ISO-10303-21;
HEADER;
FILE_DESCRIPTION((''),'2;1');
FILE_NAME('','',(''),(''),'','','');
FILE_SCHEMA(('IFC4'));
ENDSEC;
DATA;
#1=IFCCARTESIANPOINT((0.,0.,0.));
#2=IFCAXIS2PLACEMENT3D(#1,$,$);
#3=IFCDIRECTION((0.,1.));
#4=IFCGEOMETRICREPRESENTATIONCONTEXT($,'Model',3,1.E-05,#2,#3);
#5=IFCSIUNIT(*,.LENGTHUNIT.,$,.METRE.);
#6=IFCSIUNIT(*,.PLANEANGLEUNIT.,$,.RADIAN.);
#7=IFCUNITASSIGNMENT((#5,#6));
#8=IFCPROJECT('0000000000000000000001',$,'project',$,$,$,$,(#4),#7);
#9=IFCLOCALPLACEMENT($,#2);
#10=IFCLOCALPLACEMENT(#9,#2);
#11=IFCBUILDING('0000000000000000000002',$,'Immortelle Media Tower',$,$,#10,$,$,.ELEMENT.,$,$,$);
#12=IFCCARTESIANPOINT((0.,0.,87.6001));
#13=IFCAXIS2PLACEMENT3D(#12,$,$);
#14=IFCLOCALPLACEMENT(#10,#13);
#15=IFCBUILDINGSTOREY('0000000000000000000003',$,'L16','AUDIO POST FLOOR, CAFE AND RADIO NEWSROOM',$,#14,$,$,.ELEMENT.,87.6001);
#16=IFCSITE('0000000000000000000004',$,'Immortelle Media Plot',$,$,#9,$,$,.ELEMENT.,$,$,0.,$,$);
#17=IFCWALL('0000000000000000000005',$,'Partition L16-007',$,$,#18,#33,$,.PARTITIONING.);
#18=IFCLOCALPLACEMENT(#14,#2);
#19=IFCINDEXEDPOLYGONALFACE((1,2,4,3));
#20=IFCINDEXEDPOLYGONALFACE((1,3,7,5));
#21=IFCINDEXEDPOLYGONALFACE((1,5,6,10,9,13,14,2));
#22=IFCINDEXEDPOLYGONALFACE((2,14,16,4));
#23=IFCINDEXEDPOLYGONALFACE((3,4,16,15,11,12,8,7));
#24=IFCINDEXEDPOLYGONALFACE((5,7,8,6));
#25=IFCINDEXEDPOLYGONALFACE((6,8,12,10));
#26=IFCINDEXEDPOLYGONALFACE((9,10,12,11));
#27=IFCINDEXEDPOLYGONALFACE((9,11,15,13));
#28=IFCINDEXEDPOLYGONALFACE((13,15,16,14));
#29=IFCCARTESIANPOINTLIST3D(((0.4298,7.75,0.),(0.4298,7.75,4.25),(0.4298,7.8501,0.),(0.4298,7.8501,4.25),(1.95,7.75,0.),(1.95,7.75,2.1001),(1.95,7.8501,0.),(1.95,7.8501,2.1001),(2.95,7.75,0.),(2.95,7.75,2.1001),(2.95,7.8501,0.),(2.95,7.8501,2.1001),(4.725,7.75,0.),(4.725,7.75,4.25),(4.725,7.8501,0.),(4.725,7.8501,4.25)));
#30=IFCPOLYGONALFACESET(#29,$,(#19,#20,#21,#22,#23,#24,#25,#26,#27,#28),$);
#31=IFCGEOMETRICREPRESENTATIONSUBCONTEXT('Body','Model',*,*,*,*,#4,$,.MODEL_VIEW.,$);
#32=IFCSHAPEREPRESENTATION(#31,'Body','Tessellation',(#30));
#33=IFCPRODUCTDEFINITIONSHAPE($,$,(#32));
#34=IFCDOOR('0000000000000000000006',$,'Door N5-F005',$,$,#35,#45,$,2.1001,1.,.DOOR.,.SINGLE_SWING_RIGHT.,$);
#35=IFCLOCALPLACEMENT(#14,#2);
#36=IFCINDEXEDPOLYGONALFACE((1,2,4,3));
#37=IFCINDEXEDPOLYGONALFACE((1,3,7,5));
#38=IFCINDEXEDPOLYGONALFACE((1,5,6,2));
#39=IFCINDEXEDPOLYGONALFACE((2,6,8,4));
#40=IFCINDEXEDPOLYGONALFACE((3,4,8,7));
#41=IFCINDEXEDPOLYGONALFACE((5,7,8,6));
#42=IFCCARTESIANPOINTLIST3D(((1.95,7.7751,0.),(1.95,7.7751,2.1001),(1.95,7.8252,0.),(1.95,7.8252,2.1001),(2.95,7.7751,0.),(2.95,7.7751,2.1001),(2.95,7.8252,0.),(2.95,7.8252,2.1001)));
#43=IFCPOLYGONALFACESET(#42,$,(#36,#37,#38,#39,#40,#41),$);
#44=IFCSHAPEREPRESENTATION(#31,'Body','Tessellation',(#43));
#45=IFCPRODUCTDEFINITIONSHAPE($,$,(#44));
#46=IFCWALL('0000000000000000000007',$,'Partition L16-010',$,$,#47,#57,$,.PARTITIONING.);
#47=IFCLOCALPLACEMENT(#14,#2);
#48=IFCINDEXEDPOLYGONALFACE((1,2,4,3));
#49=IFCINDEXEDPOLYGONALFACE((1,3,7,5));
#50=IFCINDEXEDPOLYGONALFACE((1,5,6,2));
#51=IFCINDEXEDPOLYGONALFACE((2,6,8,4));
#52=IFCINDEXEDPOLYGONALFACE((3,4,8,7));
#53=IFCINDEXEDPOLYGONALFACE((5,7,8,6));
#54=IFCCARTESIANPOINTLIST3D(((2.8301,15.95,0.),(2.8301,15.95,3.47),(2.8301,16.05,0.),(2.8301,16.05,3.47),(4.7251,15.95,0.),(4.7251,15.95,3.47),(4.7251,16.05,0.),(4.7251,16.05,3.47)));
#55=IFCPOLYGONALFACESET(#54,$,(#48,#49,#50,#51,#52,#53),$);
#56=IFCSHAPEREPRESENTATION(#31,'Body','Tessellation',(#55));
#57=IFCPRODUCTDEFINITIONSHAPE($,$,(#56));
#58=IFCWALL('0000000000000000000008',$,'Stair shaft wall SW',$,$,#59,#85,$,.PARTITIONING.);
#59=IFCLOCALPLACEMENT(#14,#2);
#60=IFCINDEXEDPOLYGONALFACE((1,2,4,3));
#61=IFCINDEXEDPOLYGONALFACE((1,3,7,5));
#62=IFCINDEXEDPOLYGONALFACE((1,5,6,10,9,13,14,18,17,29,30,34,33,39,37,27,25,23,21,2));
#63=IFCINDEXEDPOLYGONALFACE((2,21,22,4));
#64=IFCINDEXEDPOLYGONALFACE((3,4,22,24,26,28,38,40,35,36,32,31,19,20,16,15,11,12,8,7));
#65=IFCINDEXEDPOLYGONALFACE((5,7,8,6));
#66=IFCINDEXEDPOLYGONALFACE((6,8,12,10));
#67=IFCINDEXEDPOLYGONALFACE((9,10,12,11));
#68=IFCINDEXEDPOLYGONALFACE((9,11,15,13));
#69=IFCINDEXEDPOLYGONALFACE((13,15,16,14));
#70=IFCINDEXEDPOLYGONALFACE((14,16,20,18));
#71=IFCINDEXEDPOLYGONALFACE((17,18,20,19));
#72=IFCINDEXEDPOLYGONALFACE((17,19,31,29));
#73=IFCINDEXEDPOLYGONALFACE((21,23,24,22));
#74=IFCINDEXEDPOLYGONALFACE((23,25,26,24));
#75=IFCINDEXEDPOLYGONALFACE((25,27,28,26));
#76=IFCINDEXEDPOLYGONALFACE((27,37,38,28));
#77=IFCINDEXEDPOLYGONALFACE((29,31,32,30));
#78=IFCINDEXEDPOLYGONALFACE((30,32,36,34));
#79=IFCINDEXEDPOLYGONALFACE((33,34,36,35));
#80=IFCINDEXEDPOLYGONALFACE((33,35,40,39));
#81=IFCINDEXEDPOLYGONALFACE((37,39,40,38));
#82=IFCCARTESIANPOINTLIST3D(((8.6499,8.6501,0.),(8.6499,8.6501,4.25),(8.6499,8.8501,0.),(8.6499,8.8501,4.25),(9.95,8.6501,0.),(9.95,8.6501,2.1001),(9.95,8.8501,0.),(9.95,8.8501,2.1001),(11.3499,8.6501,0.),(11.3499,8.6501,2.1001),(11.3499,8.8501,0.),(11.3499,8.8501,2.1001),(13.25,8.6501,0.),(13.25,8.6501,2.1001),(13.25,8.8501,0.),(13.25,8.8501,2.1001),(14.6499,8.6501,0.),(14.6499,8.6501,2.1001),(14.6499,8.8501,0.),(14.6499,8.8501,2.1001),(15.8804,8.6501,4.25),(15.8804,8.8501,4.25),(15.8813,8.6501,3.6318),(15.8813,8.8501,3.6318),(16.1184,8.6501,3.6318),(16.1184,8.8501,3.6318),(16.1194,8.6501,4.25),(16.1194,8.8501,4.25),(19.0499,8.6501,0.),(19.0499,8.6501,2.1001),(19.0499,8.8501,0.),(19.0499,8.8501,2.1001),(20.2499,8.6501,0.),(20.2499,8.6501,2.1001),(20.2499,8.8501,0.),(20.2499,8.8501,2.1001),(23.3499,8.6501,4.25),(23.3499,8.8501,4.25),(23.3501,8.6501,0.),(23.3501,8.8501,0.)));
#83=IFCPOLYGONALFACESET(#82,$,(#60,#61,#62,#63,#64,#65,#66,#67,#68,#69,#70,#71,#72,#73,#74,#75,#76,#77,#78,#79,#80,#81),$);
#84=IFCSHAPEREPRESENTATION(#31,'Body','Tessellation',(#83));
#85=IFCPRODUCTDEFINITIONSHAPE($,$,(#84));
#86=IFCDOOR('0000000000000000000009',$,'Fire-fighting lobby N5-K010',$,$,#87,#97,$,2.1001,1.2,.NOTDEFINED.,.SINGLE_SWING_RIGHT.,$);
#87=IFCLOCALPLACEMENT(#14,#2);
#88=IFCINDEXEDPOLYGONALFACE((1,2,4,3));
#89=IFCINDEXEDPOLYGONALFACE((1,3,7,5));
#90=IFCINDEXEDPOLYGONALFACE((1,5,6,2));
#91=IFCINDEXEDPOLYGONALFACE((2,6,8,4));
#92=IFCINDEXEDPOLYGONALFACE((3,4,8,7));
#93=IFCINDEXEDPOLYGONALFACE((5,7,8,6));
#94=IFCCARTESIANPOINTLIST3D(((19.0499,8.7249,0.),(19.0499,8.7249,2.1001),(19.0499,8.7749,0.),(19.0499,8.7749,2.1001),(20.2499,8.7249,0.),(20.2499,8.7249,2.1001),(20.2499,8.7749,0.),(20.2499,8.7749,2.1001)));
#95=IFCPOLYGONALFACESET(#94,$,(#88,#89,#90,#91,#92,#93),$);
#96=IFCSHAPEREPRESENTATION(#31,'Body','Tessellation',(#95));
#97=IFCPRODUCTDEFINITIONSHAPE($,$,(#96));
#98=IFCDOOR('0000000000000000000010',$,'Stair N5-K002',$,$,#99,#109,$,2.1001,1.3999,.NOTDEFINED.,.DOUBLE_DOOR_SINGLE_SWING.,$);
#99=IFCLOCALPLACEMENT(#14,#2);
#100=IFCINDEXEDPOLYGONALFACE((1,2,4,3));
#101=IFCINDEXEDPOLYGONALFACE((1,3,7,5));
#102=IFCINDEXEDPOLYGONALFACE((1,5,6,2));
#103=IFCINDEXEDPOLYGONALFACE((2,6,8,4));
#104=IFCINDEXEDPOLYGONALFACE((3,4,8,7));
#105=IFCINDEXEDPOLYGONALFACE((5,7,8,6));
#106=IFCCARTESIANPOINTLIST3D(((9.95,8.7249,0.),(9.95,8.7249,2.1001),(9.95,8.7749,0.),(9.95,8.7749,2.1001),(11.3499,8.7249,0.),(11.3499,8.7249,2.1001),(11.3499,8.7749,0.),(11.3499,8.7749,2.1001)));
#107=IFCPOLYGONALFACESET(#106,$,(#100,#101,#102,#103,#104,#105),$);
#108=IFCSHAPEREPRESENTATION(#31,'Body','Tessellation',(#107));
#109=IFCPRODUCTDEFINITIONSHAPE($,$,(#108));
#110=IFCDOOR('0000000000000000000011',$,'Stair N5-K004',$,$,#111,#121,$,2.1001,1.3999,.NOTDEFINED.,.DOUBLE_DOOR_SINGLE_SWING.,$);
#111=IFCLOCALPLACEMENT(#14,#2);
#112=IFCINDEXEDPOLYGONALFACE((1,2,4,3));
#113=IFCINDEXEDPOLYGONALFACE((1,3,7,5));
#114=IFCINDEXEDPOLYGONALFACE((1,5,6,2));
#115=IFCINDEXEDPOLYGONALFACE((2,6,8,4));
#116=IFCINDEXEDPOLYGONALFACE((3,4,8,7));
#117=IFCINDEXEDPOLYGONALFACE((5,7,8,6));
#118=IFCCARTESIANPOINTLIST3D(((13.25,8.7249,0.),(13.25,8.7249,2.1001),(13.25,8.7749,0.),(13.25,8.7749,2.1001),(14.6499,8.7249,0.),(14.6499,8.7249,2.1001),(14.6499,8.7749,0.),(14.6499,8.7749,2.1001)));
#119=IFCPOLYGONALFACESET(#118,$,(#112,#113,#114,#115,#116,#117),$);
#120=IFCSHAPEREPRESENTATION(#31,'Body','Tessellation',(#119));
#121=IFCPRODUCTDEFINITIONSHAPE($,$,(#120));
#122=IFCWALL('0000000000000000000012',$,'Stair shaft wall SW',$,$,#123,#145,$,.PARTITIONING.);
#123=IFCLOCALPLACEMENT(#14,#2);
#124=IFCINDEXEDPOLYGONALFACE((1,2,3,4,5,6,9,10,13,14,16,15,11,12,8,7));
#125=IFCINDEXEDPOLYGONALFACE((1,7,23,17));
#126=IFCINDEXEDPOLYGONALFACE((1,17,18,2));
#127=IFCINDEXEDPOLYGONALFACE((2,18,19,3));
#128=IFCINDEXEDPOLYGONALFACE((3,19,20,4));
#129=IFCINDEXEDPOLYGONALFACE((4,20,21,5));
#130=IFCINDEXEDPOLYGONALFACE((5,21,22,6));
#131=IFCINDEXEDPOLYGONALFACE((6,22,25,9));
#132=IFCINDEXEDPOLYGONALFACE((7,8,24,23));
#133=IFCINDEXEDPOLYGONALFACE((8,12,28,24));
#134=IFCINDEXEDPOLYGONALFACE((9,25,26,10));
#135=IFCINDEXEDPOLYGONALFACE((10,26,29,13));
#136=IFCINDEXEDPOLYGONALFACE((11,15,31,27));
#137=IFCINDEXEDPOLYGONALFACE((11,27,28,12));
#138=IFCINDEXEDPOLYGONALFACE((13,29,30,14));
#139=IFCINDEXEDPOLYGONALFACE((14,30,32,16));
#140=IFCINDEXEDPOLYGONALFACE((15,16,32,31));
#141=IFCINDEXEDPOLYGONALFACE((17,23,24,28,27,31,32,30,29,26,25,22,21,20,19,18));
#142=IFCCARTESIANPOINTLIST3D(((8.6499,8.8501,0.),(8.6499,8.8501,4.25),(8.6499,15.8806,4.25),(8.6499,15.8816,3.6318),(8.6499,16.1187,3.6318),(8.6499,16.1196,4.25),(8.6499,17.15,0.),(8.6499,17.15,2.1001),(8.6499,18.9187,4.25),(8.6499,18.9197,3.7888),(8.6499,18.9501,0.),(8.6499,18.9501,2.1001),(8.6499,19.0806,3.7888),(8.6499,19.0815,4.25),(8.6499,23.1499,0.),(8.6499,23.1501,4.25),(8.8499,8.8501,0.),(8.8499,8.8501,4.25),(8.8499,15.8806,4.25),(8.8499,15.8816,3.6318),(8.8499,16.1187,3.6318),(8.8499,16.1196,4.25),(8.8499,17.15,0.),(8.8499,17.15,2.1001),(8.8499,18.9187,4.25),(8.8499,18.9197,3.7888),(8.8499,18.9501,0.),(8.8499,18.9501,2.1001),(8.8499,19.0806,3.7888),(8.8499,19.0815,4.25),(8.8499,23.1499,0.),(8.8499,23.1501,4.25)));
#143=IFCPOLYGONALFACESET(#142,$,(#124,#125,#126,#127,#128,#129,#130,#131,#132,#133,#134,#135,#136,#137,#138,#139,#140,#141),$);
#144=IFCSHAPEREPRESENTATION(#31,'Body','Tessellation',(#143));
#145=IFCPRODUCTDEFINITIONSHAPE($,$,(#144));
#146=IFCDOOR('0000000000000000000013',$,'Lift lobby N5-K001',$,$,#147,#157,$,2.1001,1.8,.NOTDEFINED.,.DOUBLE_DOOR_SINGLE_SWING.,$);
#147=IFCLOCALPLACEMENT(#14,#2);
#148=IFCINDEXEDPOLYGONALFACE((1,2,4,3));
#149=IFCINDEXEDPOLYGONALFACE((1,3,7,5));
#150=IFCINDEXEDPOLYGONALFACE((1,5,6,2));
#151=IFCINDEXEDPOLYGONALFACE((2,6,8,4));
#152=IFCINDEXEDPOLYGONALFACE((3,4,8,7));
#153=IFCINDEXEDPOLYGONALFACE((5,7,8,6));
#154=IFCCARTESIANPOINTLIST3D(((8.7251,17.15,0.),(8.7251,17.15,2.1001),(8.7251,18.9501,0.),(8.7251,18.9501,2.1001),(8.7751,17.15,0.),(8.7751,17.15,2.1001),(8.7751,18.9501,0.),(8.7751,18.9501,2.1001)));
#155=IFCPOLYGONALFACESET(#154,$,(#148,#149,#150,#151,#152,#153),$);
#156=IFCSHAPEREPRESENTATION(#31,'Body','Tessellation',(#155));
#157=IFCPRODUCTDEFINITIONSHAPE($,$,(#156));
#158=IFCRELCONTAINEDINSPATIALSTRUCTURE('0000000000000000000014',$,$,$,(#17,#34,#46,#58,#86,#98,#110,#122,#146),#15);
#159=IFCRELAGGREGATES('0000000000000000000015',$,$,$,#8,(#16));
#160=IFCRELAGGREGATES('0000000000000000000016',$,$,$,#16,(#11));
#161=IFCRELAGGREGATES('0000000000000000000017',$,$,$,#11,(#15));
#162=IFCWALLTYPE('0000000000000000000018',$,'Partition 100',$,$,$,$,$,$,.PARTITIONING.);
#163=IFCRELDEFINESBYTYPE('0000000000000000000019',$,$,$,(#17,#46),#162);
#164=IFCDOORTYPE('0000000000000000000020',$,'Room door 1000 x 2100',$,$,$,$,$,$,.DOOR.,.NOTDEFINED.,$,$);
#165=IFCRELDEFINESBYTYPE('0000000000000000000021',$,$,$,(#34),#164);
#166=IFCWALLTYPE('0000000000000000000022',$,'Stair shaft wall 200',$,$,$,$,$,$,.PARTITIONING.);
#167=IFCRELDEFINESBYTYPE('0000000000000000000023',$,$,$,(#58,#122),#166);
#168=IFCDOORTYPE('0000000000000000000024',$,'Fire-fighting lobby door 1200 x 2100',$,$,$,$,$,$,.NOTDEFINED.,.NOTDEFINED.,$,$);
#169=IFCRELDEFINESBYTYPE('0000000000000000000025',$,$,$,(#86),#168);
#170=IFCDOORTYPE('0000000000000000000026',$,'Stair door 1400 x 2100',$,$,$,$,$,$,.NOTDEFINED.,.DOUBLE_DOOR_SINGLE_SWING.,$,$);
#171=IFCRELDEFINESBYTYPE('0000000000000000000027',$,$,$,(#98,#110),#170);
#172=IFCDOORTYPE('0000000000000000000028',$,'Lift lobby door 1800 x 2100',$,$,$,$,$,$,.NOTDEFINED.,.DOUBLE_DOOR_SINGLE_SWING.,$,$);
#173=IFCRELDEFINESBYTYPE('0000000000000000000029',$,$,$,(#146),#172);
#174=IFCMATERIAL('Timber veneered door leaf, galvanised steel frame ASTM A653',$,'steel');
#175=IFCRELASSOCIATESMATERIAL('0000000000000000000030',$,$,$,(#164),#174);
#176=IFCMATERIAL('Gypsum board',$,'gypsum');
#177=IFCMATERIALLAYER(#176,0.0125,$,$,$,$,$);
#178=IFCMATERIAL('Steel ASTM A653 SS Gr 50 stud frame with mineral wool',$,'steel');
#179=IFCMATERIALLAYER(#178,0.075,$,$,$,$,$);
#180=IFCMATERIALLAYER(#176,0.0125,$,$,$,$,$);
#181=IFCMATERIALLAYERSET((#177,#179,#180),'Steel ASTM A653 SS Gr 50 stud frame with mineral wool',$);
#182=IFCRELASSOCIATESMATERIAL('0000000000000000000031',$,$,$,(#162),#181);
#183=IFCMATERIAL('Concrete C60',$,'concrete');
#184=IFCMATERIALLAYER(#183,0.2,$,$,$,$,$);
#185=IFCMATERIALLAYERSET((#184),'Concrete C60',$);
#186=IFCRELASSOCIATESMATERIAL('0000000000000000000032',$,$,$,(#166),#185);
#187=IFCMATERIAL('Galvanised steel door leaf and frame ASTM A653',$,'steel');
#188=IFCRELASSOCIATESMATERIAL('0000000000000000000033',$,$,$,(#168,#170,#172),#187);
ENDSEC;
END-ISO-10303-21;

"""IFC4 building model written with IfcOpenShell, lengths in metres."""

from ifc_helpers import new_model, si_unit, direction, frame, frame_2d, origin, place, context, subcontext, project, spatial, polyline, rectangle, outline, extrude, material, layer, layer_set, type_object, element, fill, save


model = new_model("IFC4")

# Units and contexts
model_context = context("Model", 3, precision=1e-05, world=origin(), true_north=direction((0.0, 1.0)))
body_context = subcontext(model_context, "Body", "Model", "MODEL_VIEW")
ifc_project = project(units=[si_unit("LENGTHUNIT", "METRE"), si_unit("PLANEANGLEUNIT", "RADIAN")], contexts=[model_context])

# Site, building, storey
site_placement = place(None, origin())
site = spatial("IfcSite", under=ifc_project, at=site_placement, Name="Immortelle Media Plot", CompositionType="ELEMENT", RefElevation=0.0)
building_placement = place(site_placement, origin())
building = spatial("IfcBuilding", under=site, at=building_placement, Name="Immortelle Media Tower", CompositionType="ELEMENT")
storey_placement = place(building_placement, frame((0.0, 0.0, 87.6001)))
storey = spatial("IfcBuildingStorey", under=building, at=storey_placement, Name="L16", Description="AUDIO POST FLOOR, CAFE AND RADIO NEWSROOM", CompositionType="ELEMENT", Elevation=87.6001)

# Shared definitions
ifc_material_1 = material(Name="Steel ASTM A653 SS Gr 50 stud frame with mineral wool", Category="steel")
ifc_material_2 = material(Name="Timber veneered door leaf, galvanised steel frame ASTM A653", Category="steel")
door_type_1 = type_object("IfcDoorType", Name="Room door 1000 x 2100", OperationType="NOTDEFINED", PredefinedType="DOOR", material=ifc_material_2)

# Wall, opening, door
ifc_material_3 = material(Name="Gypsum board", Category="gypsum")
ifc_layer_1 = layer(ifc_material_3, 0.0125)
ifc_layer_2 = layer(ifc_material_1, 0.075)
ifc_layer_3 = layer(ifc_material_3, 0.0125)
ifc_layer_set_1 = layer_set([ifc_layer_1, ifc_layer_2, ifc_layer_3], Name="Steel ASTM A653 SS Gr 50 stud frame with mineral wool")
wall_type_1 = type_object("IfcWallType", Name="Partition 100", PredefinedType="PARTITIONING", material=ifc_layer_set_1)
wall_1_placement = place(storey_placement, frame((0.4299, 7.8, 0.0), z_axis=(0.0, 0.0, 1.0), x_axis=(1.0, 0.0, 0.0)))
wall_1 = element("IfcWall", 1, at=wall_1_placement, inside=storey, type_object=wall_type_1, Name="Partition L16-007", PredefinedType="PARTITIONING", context=body_context, shape_type="SweptSolid", body=[
    extrude(rectangle(XDim=4.2952, YDim=0.1001, at=frame_2d((2.1475, 0.0))), origin(), (0.0, 0.0, 1.0), 4.25),
])
opening_1_placement = place(wall_1_placement, frame((2.52, 0.0, 0.0), z_axis=(0.0, 0.0, 1.0), x_axis=(-1.0, 0.0, 0.0)))
opening_1 = element("IfcOpeningElement", 2, at=opening_1_placement, cuts=wall_1, PredefinedType="OPENING", context=body_context, shape_type="SweptSolid", body=[
    extrude(rectangle(XDim=1.0, YDim=2.1001, at=frame_2d((0.5, 1.05))), frame((0.0, 0.0601, 0.0), z_axis=(0.0, -1.0, 0.0), x_axis=(1.0, 0.0, 0.0)), (0.0, 0.0, 1.0), 0.1201),
])
door_1_placement = place(opening_1_placement, origin())
door_1 = element("IfcDoor", 3, at=door_1_placement, inside=storey, type_object=door_type_1, Name="Door N5-F005", OperationType="SINGLE_SWING_RIGHT", OverallHeight=2.1001, OverallWidth=1.0, PredefinedType="DOOR", context=body_context, shape_type="SweptSolid", body=[
    extrude(rectangle(XDim=1.0, YDim=2.1001, at=frame_2d((0.5, 1.05))), frame((0.0, 0.0249, 0.0), z_axis=(0.0, -1.0, 0.0), x_axis=(1.0, 0.0, 0.0)), (0.0, 0.0, 1.0), 0.05),
])
fill(opening_1, door_1)

# Wall
wall_2_placement = place(storey_placement, frame((2.8301, 16.0, 0.0), z_axis=(0.0, 0.0, 1.0), x_axis=(1.0, 0.0, 0.0)))
element("IfcWall", 4, at=wall_2_placement, inside=storey, type_object=wall_type_1, Name="Partition L16-010", PredefinedType="PARTITIONING", context=body_context, shape_type="SweptSolid", body=[
    extrude(rectangle(XDim=1.895, YDim=0.1001, at=frame_2d((0.9475, 0.0))), origin(), (0.0, 0.0, 1.0), 3.47),
])

# Wall, openings, doors
ifc_material_4 = material(Name="Concrete C60", Category="concrete")
ifc_layer_4 = layer(ifc_material_4, 0.2)
ifc_layer_set_2 = layer_set([ifc_layer_4], Name="Concrete C60")
wall_type_2 = type_object("IfcWallType", Name="Stair shaft wall 200", PredefinedType="PARTITIONING", material=ifc_layer_set_2)
wall_3_placement = place(storey_placement, frame((8.6499, 8.75, 0.0), z_axis=(0.0, 0.0, 1.0), x_axis=(1.0, 0.0, 0.0)))
wall_3 = element("IfcWall", 5, at=wall_3_placement, inside=storey, type_object=wall_type_2, Name="Stair shaft wall SW", PredefinedType="PARTITIONING", context=body_context, shape_type="SweptSolid", body=[
    extrude(outline(polyline([(0.0, 0.0), (14.7002, 0.0), (14.7, 4.25), (7.4695, 4.25), (7.4685, 3.6318), (7.2314, 3.6318), (7.2305, 4.25), (0.0, 4.25), (0.0, 0.0)])), frame((0.0, 0.1001, 0.0), z_axis=(0.0, -1.0, 0.0), x_axis=(1.0, 0.0, 0.0)), (0.0, 0.0, 1.0), 0.2),
])
opening_2_placement = place(wall_3_placement, frame((1.3, 0.0, 0.0)))
opening_2 = element("IfcOpeningElement", 6, at=opening_2_placement, cuts=wall_3, PredefinedType="OPENING", context=body_context, shape_type="SweptSolid", body=[
    extrude(rectangle(XDim=1.3999, YDim=2.1001, at=frame_2d((0.7, 1.05))), frame((0.0, 0.1099, 0.0), z_axis=(0.0, -1.0, 0.0), x_axis=(1.0, 0.0, 0.0)), (0.0, 0.0, 1.0), 0.22),
])
opening_3_placement = place(wall_3_placement, frame((4.6001, 0.0, 0.0)))
opening_3 = element("IfcOpeningElement", 7, at=opening_3_placement, cuts=wall_3, PredefinedType="OPENING", context=body_context, shape_type="SweptSolid", body=[
    extrude(rectangle(XDim=1.3999, YDim=2.1001, at=frame_2d((0.7, 1.05))), frame((0.0, 0.1099, 0.0), z_axis=(0.0, -1.0, 0.0), x_axis=(1.0, 0.0, 0.0)), (0.0, 0.0, 1.0), 0.22),
])
opening_4_placement = place(wall_3_placement, frame((10.3999, 0.0, 0.0)))
opening_4 = element("IfcOpeningElement", 8, at=opening_4_placement, cuts=wall_3, PredefinedType="OPENING", context=body_context, shape_type="SweptSolid", body=[
    extrude(rectangle(XDim=1.2, YDim=2.1001, at=frame_2d((0.6001, 1.05))), frame((0.0, 0.1099, 0.0), z_axis=(0.0, -1.0, 0.0), x_axis=(1.0, 0.0, 0.0)), (0.0, 0.0, 1.0), 0.22),
])
ifc_material_5 = material(Name="Galvanised steel door leaf and frame ASTM A653", Category="steel")
door_type_2 = type_object("IfcDoorType", Name="Fire-fighting lobby door 1200 x 2100", OperationType="NOTDEFINED", PredefinedType="NOTDEFINED", material=ifc_material_5)
door_2_placement = place(opening_4_placement, origin())
door_2 = element("IfcDoor", 9, at=door_2_placement, inside=storey, type_object=door_type_2, Name="Fire-fighting lobby N5-K010", OperationType="SINGLE_SWING_RIGHT", OverallHeight=2.1001, OverallWidth=1.2, PredefinedType="NOTDEFINED", context=body_context, shape_type="SweptSolid", body=[
    extrude(rectangle(XDim=1.2, YDim=2.1001, at=frame_2d((0.6001, 1.05))), frame((0.0, 0.0249, 0.0), z_axis=(0.0, -1.0, 0.0), x_axis=(1.0, 0.0, 0.0)), (0.0, 0.0, 1.0), 0.05),
])
fill(opening_4, door_2)
door_type_3 = type_object("IfcDoorType", Name="Stair door 1400 x 2100", OperationType="DOUBLE_DOOR_SINGLE_SWING", PredefinedType="NOTDEFINED", material=ifc_material_5)
door_3_placement = place(opening_2_placement, origin())
door_3 = element("IfcDoor", 10, at=door_3_placement, inside=storey, type_object=door_type_3, Name="Stair N5-K002", OperationType="DOUBLE_DOOR_SINGLE_SWING", OverallHeight=2.1001, OverallWidth=1.3999, PredefinedType="NOTDEFINED", context=body_context, shape_type="SweptSolid", body=[
    extrude(rectangle(XDim=1.3999, YDim=2.1001, at=frame_2d((0.7, 1.05))), frame((0.0, 0.0249, 0.0), z_axis=(0.0, -1.0, 0.0), x_axis=(1.0, 0.0, 0.0)), (0.0, 0.0, 1.0), 0.05),
])
fill(opening_2, door_3)
door_4_placement = place(opening_3_placement, origin())
door_4 = element("IfcDoor", 11, at=door_4_placement, inside=storey, type_object=door_type_3, Name="Stair N5-K004", OperationType="DOUBLE_DOOR_SINGLE_SWING", OverallHeight=2.1001, OverallWidth=1.3999, PredefinedType="NOTDEFINED", context=body_context, shape_type="SweptSolid", body=[
    extrude(rectangle(XDim=1.3999, YDim=2.1001, at=frame_2d((0.7, 1.05))), frame((0.0, 0.0249, 0.0), z_axis=(0.0, -1.0, 0.0), x_axis=(1.0, 0.0, 0.0)), (0.0, 0.0, 1.0), 0.05),
])
fill(opening_3, door_4)

# Wall, opening, door
wall_4_placement = place(storey_placement, frame((8.75, 8.8501, 0.0), z_axis=(0.0, 0.0, 1.0), x_axis=(0.0, 1.0, 0.0)))
wall_4 = element("IfcWall", 12, at=wall_4_placement, inside=storey, type_object=wall_type_2, Name="Stair shaft wall SW", PredefinedType="PARTITIONING", context=body_context, shape_type="SweptSolid", body=[
    extrude(outline(polyline([(0.0, 0.0), (14.2998, 0.0), (14.3, 4.25), (10.2314, 4.25), (10.2305, 3.7888), (10.0696, 3.7888), (10.0686, 4.25), (7.2695, 4.25), (7.2686, 3.6318), (7.0315, 3.6318), (7.0305, 4.25), (0.0, 4.25), (0.0, 0.0)])), frame((0.0, 0.1001, 0.0), z_axis=(0.0, -1.0, 0.0), x_axis=(1.0, 0.0, 0.0)), (0.0, 0.0, 1.0), 0.2),
])
opening_5_placement = place(wall_4_placement, frame((8.3, 0.0, 0.0)))
opening_5 = element("IfcOpeningElement", 13, at=opening_5_placement, cuts=wall_4, PredefinedType="OPENING", context=body_context, shape_type="SweptSolid", body=[
    extrude(rectangle(XDim=1.8, YDim=2.1001, at=frame_2d((0.8999, 1.05))), frame((0.0, 0.1099, 0.0), z_axis=(0.0, -1.0, 0.0), x_axis=(1.0, 0.0, 0.0)), (0.0, 0.0, 1.0), 0.22),
])
door_type_4 = type_object("IfcDoorType", Name="Lift lobby door 1800 x 2100", OperationType="DOUBLE_DOOR_SINGLE_SWING", PredefinedType="NOTDEFINED", material=ifc_material_5)
door_5_placement = place(opening_5_placement, origin())
door_5 = element("IfcDoor", 14, at=door_5_placement, inside=storey, type_object=door_type_4, Name="Lift lobby N5-K001", OperationType="DOUBLE_DOOR_SINGLE_SWING", OverallHeight=2.1001, OverallWidth=1.8, PredefinedType="NOTDEFINED", context=body_context, shape_type="SweptSolid", body=[
    extrude(rectangle(XDim=1.8, YDim=2.1001, at=frame_2d((0.8999, 1.05))), frame((0.0, 0.0249, 0.0), z_axis=(0.0, -1.0, 0.0), x_axis=(1.0, 0.0, 0.0)), (0.0, 0.0, 1.0), 0.05),
])
fill(opening_5, door_5)

save(model, "model.ifc")
